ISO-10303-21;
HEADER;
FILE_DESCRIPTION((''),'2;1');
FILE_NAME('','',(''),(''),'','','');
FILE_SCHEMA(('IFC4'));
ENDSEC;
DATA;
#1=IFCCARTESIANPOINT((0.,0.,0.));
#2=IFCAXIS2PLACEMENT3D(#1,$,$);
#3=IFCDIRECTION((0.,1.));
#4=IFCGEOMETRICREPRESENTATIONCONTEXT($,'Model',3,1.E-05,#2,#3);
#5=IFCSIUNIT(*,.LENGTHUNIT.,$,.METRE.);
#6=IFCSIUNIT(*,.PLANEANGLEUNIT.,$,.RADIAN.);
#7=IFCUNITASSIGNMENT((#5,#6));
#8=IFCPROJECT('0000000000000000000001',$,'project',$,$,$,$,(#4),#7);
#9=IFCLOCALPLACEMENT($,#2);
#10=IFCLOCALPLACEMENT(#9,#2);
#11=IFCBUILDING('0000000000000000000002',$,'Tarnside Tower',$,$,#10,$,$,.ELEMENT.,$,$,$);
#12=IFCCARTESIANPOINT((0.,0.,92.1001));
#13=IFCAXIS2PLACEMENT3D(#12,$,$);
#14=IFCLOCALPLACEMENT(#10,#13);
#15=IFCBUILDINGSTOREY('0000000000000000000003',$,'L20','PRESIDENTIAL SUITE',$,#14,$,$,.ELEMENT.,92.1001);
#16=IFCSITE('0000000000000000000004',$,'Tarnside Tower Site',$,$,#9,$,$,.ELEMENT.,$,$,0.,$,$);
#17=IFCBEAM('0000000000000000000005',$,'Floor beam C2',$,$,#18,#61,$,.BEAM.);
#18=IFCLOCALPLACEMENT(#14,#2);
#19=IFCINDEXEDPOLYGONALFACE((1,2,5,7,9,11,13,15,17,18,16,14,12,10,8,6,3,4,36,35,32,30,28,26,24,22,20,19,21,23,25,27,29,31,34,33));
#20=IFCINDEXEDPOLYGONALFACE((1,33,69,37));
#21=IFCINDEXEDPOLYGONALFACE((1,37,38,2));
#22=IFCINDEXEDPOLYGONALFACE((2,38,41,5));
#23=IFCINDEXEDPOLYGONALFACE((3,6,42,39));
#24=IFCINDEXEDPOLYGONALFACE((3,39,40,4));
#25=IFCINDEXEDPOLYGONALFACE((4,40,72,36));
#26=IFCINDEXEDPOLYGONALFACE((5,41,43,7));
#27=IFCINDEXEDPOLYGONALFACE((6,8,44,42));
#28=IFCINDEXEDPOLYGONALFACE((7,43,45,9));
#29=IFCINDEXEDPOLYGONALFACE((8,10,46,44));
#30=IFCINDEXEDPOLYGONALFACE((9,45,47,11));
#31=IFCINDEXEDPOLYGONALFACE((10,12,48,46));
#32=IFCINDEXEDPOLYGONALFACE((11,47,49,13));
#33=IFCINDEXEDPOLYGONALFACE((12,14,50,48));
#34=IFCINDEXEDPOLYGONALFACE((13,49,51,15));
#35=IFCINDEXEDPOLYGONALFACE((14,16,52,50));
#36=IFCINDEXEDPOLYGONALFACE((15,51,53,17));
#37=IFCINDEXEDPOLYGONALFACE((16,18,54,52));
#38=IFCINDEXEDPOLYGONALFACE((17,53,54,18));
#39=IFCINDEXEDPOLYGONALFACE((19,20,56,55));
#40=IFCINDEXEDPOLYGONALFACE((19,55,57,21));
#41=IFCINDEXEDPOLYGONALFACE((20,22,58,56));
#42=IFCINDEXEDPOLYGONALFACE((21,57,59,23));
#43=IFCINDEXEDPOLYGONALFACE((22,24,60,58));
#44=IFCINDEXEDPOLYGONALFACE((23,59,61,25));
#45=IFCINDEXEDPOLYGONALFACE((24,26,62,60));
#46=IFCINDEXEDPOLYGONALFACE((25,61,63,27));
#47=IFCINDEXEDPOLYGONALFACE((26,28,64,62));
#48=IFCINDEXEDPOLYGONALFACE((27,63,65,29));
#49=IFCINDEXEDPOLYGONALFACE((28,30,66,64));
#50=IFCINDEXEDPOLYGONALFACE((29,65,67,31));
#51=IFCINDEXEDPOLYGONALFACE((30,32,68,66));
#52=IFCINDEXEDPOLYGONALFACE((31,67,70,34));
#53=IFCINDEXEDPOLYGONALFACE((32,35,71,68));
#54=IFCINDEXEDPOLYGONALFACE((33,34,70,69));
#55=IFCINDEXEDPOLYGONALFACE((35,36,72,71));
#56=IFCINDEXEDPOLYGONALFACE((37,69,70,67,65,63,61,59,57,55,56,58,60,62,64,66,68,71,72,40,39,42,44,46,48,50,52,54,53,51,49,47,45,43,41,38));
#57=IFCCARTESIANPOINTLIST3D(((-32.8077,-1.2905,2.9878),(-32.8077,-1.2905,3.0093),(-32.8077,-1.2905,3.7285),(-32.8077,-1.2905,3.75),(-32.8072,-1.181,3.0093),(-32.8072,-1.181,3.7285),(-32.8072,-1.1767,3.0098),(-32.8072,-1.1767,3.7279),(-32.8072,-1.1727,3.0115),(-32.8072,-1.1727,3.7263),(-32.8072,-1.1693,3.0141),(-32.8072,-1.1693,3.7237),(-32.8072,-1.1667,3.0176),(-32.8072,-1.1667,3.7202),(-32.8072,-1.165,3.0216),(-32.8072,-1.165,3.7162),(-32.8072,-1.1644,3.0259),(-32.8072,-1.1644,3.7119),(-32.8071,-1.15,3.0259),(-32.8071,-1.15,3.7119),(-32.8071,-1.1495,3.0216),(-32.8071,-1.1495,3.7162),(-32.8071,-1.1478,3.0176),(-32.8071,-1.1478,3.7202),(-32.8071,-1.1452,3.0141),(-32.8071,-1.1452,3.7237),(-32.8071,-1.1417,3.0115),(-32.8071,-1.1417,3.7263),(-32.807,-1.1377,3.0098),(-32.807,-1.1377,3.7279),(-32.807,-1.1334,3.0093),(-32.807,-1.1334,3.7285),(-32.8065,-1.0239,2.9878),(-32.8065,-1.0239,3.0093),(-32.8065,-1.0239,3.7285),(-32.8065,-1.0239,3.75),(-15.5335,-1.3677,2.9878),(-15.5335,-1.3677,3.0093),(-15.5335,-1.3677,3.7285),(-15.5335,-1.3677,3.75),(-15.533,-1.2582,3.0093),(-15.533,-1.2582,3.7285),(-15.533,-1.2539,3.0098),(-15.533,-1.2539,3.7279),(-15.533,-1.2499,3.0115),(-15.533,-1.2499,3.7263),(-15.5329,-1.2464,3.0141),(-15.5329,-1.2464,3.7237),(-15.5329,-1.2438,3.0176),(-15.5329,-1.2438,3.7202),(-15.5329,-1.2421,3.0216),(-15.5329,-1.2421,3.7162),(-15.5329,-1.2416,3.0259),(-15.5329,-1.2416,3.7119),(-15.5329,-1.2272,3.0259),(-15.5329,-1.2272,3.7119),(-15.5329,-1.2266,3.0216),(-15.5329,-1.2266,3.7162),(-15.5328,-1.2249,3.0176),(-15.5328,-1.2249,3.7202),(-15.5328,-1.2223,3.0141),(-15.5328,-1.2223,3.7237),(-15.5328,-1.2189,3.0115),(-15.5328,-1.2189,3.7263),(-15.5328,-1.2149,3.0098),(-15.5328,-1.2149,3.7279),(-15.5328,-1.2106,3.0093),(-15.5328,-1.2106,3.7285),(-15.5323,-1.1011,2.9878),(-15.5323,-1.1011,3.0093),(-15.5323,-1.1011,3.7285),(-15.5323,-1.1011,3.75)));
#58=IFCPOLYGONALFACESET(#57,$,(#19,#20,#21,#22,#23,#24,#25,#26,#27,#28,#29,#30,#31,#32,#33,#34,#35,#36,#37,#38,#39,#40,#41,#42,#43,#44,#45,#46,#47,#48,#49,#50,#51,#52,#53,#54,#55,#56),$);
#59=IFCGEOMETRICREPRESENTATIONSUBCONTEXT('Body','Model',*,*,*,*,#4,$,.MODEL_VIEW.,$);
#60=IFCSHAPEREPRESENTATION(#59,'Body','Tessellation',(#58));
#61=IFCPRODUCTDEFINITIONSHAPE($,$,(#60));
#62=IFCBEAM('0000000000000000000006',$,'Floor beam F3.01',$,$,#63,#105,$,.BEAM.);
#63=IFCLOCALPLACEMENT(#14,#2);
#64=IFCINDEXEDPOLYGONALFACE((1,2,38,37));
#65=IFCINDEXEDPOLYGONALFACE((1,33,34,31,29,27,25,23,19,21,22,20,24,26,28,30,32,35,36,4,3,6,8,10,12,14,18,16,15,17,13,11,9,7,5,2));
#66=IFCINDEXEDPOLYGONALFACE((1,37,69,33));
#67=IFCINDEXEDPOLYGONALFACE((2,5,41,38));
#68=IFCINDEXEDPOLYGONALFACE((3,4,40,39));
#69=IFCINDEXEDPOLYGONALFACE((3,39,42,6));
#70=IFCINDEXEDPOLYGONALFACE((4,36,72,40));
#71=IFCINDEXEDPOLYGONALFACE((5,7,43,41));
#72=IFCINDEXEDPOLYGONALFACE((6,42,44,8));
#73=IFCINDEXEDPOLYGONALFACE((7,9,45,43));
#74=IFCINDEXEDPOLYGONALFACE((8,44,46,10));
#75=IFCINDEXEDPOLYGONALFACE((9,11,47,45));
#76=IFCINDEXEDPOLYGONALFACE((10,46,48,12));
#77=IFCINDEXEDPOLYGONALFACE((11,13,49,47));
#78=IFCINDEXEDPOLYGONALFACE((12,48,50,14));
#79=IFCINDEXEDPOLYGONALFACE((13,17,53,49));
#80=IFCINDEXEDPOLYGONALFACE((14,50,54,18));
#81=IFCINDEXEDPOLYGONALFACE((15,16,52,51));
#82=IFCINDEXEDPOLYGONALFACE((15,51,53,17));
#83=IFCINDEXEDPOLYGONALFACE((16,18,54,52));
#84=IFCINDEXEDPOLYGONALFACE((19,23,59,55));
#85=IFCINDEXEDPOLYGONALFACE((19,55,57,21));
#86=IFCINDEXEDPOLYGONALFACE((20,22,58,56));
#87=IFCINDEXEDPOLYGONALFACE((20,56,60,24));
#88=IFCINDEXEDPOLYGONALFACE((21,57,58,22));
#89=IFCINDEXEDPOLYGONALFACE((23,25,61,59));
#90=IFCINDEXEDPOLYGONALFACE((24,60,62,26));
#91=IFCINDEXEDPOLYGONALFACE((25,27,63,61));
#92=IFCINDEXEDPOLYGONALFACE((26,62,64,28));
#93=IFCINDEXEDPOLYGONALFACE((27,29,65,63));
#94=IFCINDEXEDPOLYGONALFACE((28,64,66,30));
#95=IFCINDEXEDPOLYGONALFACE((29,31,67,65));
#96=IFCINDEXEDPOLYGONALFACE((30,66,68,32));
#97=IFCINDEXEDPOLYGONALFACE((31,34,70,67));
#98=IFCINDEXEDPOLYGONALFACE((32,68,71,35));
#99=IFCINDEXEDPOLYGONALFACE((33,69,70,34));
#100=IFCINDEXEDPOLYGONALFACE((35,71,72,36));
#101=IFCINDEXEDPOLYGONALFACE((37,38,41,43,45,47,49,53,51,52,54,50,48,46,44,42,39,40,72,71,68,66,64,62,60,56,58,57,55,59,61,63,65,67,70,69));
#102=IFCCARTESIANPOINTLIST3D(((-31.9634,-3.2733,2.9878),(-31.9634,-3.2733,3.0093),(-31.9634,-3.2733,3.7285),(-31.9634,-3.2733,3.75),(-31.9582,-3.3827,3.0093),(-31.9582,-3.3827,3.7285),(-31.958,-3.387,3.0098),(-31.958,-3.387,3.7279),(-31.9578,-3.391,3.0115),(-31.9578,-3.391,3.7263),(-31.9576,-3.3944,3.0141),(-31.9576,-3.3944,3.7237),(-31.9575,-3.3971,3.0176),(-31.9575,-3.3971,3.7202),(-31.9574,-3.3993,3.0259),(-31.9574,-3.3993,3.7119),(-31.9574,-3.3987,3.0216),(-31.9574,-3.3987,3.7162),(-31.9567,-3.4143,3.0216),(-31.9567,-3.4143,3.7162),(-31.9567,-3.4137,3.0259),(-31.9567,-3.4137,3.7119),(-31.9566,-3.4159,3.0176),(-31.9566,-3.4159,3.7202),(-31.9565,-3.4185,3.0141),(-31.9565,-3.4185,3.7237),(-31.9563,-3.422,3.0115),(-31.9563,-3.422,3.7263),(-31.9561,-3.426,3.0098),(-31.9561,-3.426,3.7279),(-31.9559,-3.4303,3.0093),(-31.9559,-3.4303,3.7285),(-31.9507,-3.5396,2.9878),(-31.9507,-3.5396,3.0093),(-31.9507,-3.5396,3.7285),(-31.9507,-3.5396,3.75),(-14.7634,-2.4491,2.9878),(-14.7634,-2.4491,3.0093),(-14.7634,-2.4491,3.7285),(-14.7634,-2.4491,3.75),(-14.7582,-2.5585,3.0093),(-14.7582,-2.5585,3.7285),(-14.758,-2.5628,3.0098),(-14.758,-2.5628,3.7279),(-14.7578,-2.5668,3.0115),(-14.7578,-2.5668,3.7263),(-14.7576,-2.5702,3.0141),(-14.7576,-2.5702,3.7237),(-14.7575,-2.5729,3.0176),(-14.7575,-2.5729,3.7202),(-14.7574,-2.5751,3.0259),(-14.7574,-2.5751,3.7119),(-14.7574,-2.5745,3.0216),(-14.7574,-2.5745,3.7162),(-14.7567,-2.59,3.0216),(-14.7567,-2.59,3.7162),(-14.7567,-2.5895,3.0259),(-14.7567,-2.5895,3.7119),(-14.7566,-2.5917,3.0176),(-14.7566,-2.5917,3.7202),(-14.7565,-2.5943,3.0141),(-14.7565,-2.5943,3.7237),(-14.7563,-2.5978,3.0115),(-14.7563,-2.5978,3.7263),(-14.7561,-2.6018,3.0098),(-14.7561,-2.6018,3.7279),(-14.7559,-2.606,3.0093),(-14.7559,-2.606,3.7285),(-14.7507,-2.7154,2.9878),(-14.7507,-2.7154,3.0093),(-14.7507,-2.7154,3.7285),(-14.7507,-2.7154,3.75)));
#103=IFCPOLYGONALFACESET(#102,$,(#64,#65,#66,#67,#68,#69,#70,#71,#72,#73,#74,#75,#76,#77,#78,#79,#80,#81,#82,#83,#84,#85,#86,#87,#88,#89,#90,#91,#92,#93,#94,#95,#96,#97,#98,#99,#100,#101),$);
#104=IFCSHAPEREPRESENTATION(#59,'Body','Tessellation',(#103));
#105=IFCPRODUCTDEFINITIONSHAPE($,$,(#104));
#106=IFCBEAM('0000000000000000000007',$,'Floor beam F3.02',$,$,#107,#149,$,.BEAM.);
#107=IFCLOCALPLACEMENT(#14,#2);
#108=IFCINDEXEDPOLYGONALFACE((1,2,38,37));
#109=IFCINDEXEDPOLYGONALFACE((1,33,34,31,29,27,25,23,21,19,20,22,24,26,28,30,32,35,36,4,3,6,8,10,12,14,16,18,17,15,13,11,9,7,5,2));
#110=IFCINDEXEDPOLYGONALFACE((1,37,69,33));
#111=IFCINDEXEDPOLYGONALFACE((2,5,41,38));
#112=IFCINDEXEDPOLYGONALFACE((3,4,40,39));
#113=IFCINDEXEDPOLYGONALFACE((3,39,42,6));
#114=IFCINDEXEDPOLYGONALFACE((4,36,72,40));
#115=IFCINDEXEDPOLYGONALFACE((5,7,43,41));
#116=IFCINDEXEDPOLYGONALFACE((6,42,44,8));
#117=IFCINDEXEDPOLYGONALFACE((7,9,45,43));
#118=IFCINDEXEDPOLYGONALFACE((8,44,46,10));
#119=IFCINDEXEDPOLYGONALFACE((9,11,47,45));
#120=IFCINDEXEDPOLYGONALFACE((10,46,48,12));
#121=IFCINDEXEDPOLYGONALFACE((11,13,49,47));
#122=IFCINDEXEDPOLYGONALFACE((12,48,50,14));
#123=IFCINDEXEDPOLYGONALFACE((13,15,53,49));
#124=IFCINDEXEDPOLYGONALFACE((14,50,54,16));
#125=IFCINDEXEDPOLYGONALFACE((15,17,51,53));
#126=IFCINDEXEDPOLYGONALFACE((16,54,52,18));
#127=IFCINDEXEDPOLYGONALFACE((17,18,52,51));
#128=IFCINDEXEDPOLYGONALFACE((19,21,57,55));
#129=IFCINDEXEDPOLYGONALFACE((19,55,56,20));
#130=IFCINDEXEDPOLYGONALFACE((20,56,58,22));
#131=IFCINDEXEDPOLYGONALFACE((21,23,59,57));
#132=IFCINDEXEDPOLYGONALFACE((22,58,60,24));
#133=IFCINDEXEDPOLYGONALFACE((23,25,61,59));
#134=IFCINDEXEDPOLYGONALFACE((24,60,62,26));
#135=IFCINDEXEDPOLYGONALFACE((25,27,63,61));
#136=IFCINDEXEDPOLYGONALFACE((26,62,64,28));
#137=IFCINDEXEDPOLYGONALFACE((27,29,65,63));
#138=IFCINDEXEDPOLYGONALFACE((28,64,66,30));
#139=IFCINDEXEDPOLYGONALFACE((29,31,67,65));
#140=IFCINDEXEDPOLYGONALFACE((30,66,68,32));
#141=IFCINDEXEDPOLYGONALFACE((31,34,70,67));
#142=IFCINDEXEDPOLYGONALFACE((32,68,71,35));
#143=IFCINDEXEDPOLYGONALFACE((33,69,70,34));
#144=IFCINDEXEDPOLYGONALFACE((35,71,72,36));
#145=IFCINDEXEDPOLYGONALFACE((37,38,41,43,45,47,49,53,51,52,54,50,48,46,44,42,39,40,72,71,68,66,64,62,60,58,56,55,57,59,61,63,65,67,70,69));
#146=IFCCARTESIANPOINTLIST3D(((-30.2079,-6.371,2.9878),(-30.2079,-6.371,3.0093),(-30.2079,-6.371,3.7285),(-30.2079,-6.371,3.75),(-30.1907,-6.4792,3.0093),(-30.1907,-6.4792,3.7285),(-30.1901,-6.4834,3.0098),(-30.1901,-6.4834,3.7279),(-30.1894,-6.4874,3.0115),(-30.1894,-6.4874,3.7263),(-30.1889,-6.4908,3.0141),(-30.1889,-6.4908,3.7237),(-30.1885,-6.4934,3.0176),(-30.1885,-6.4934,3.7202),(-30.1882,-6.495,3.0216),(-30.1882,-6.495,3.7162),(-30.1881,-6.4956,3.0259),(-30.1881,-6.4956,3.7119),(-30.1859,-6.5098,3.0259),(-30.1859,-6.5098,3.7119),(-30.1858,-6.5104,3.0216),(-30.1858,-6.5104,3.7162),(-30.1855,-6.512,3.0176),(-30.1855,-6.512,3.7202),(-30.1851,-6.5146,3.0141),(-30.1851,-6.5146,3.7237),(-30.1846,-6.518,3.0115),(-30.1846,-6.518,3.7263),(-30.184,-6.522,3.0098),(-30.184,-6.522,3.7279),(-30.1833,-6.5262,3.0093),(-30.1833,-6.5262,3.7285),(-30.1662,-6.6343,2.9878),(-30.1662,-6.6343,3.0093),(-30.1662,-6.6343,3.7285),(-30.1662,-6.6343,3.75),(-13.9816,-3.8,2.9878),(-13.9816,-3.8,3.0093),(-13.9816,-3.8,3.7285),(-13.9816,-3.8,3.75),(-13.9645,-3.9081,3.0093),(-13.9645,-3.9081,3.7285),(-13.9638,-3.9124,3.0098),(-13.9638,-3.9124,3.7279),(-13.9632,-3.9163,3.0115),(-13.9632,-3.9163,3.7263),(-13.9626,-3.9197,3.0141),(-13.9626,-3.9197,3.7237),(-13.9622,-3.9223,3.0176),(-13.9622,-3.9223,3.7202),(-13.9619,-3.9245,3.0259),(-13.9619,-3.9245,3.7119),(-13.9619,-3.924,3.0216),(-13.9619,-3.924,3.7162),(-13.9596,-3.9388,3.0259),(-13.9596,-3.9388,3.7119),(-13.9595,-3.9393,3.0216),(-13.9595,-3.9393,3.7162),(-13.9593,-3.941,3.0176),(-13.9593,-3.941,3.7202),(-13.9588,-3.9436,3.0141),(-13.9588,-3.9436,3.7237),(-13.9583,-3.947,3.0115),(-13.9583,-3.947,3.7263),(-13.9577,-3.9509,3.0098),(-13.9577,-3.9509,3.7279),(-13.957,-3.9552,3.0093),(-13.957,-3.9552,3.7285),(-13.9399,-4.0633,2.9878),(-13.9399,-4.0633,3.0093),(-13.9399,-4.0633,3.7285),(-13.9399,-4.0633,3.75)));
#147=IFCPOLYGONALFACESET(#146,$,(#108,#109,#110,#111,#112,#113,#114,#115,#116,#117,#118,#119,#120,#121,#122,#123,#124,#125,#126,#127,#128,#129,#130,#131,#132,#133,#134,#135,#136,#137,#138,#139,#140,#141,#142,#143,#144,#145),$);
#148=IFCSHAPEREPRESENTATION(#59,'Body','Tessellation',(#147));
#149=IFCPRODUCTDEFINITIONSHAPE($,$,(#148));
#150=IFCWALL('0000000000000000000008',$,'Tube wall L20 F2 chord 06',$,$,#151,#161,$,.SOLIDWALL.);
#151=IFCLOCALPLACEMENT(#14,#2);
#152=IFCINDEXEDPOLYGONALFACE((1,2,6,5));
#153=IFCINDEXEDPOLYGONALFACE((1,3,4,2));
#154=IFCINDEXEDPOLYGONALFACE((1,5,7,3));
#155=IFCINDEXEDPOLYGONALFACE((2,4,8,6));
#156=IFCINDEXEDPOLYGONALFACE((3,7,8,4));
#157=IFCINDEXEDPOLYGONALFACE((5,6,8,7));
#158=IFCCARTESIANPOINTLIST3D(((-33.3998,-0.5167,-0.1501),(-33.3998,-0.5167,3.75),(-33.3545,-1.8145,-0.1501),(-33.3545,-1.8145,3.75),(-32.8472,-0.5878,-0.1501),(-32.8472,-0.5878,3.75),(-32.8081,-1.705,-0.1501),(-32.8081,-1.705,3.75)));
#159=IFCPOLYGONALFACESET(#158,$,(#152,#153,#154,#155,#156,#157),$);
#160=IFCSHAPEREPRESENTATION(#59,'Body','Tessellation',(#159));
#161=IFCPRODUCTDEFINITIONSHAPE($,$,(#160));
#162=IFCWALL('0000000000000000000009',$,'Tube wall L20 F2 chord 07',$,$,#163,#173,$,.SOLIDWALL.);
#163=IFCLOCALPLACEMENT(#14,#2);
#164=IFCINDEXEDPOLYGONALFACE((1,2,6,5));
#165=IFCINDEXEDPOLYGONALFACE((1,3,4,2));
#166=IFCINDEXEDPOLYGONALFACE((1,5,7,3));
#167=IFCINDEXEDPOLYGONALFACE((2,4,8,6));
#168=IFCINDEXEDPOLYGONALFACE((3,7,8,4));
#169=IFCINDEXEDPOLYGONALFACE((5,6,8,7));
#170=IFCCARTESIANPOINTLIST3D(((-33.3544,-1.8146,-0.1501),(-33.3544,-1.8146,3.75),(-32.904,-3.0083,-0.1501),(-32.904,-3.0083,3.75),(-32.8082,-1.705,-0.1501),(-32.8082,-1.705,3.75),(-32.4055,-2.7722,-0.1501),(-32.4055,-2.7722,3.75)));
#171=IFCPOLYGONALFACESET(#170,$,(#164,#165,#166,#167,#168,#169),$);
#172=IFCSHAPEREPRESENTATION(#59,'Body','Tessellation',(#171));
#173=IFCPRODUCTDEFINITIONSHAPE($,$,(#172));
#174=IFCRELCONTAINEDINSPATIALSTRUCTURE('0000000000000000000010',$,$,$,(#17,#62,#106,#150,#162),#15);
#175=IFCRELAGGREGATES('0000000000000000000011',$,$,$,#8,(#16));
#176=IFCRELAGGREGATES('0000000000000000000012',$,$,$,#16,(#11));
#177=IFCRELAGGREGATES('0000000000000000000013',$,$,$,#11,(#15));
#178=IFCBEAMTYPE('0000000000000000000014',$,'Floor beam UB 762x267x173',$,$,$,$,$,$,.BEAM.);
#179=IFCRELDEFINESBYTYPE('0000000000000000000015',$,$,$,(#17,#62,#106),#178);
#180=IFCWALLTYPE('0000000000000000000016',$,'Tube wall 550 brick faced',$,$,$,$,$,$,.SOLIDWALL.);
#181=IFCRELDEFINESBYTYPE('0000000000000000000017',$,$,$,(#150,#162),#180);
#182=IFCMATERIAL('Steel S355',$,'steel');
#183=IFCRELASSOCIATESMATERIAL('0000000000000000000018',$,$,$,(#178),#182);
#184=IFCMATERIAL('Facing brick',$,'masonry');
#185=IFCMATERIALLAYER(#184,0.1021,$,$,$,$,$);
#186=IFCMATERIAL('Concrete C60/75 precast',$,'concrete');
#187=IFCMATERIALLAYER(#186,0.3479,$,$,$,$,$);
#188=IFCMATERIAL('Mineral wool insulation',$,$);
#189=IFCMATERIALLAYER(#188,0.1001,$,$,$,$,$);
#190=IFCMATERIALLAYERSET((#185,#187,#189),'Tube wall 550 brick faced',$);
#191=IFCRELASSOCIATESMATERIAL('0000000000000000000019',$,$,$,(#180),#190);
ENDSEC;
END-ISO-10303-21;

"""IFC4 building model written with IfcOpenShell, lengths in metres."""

from ifc_helpers import new_model, si_unit, direction, frame, origin, origin_2d, place, context, subcontext, project, spatial, polyline, i_section, outline, extrude, material, layer, layer_set, material_profile, profile_set, type_object, element, save


model = new_model("IFC4")

# Units and contexts
model_context = context("Model", 3, precision=1e-05, world=origin(), true_north=direction((0.0, 1.0)))
body_context = subcontext(model_context, "Body", "Model", "MODEL_VIEW")
ifc_project = project(units=[si_unit("LENGTHUNIT", "METRE"), si_unit("PLANEANGLEUNIT", "RADIAN")], contexts=[model_context])

# Site, building, storey
site_placement = place(None, origin())
site = spatial("IfcSite", under=ifc_project, at=site_placement, Name="Tarnside Tower Site", CompositionType="ELEMENT", RefElevation=0.0)
building_placement = place(site_placement, origin())
building = spatial("IfcBuilding", under=site, at=building_placement, Name="Tarnside Tower", CompositionType="ELEMENT")
storey_placement = place(building_placement, frame((0.0, 0.0, 92.1001)))
storey = spatial("IfcBuildingStorey", under=building, at=storey_placement, Name="L20", Description="PRESIDENTIAL SUITE", CompositionType="ELEMENT", Elevation=92.1001)

# Beams
ifc_material_1 = material(Name="Steel S355", Category="steel")
ifc_material_profile = material_profile(ifc_material_1, i_section(OverallWidth=0.2666, OverallDepth=0.7622, WebThickness=0.0144, FlangeThickness=0.0215, FilletRadius=0.0166, at=origin_2d()), Name="UB 762x267x173")
ifc_profile_set = profile_set([ifc_material_profile], Name="Steel S355")
beam_type = type_object("IfcBeamType", Name="Floor beam UB 762x267x173", PredefinedType="BEAM", material=ifc_profile_set)
beam_1_placement = place(storey_placement, frame((-32.8071, -1.1572, 3.3689), z_axis=(0.99999, -0.004466, 0.0), x_axis=(0.004466, 0.99999, 0.0)))
element("IfcBeam", 1, at=beam_1_placement, inside=storey, type_object=beam_type, Name="Floor beam C2", PredefinedType="BEAM", context=body_context, shape_type="SweptSolid", body=[
    extrude(i_section(OverallWidth=0.2666, OverallDepth=0.7622, WebThickness=0.0144, FlangeThickness=0.0215, FilletRadius=0.0166, at=origin_2d()), origin(), (0.0, 0.0, 1.0), 17.2744),
])
beam_2_placement = place(storey_placement, frame((-31.957, -3.4065, 3.3689), z_axis=(0.998854, 0.047865, 0.0), x_axis=(-0.047865, 0.998854, 0.0)))
element("IfcBeam", 2, at=beam_2_placement, inside=storey, type_object=beam_type, Name="Floor beam F3.01", PredefinedType="BEAM", context=body_context, shape_type="SweptSolid", body=[
    extrude(i_section(OverallWidth=0.2666, OverallDepth=0.7622, WebThickness=0.0144, FlangeThickness=0.0215, FilletRadius=0.0166, at=origin_2d()), origin(), (0.0, 0.0, 1.0), 17.2197),
])
beam_3_placement = place(storey_placement, frame((-30.187, -6.5027, 3.3689), z_axis=(0.987678, 0.156497, 0.0), x_axis=(-0.156497, 0.987678, 0.0)))
element("IfcBeam", 3, at=beam_3_placement, inside=storey, type_object=beam_type, Name="Floor beam F3.02", PredefinedType="BEAM", context=body_context, shape_type="SweptSolid", body=[
    extrude(i_section(OverallWidth=0.2666, OverallDepth=0.7622, WebThickness=0.0144, FlangeThickness=0.0215, FilletRadius=0.0166, at=origin_2d()), origin(), (0.0, 0.0, 1.0), 16.4287),
])

# Walls
ifc_material_2 = material(Name="Facing brick", Category="masonry")
ifc_layer_1 = layer(ifc_material_2, 0.1021)
ifc_material_3 = material(Name="Concrete C60/75 precast", Category="concrete")
ifc_layer_2 = layer(ifc_material_3, 0.3479)
ifc_material_4 = material(Name="Mineral wool insulation")
ifc_layer_3 = layer(ifc_material_4, 0.1001)
ifc_layer_set_1 = layer_set([ifc_layer_1, ifc_layer_2, ifc_layer_3], Name="Tube wall 550 brick faced")
wall_type = type_object("IfcWallType", Name="Tube wall 550 brick faced", PredefinedType="SOLIDWALL", material=ifc_layer_set_1)
wall_1_placement = place(storey_placement, frame((-33.1235, -0.5522, -0.1501), z_axis=(0.0, 0.0, 1.0), x_axis=(0.034956, -0.999389, 0.0)))
element("IfcWall", 4, at=wall_1_placement, inside=storey, type_object=wall_type, Name="Tube wall L20 F2 chord 06", PredefinedType="SOLIDWALL", context=body_context, shape_type="SweptSolid", body=[
    extrude(outline(polyline([(-0.0452, -0.2749), (1.2534, -0.2749), (1.1631, 0.2749), (0.0452, 0.2749), (-0.0452, -0.2749)])), origin(), (0.0, 0.0, 1.0), 3.9001),
])
wall_2_placement = place(storey_placement, frame((-33.0813, -1.7598, -0.1501), z_axis=(0.0, 0.0, 1.0), x_axis=(0.353027, -0.935613, 0.0)))
element("IfcWall", 5, at=wall_2_placement, inside=storey, type_object=wall_type, Name="Tube wall L20 F2 chord 07", PredefinedType="SOLIDWALL", context=body_context, shape_type="SweptSolid", body=[
    extrude(outline(polyline([(-0.0452, -0.2749), (1.2307, -0.2749), (1.1858, 0.2749), (0.0452, 0.2749), (-0.0452, -0.2749)])), origin(), (0.0, 0.0, 1.0), 3.9001),
])

save(model, "model.ifc")
